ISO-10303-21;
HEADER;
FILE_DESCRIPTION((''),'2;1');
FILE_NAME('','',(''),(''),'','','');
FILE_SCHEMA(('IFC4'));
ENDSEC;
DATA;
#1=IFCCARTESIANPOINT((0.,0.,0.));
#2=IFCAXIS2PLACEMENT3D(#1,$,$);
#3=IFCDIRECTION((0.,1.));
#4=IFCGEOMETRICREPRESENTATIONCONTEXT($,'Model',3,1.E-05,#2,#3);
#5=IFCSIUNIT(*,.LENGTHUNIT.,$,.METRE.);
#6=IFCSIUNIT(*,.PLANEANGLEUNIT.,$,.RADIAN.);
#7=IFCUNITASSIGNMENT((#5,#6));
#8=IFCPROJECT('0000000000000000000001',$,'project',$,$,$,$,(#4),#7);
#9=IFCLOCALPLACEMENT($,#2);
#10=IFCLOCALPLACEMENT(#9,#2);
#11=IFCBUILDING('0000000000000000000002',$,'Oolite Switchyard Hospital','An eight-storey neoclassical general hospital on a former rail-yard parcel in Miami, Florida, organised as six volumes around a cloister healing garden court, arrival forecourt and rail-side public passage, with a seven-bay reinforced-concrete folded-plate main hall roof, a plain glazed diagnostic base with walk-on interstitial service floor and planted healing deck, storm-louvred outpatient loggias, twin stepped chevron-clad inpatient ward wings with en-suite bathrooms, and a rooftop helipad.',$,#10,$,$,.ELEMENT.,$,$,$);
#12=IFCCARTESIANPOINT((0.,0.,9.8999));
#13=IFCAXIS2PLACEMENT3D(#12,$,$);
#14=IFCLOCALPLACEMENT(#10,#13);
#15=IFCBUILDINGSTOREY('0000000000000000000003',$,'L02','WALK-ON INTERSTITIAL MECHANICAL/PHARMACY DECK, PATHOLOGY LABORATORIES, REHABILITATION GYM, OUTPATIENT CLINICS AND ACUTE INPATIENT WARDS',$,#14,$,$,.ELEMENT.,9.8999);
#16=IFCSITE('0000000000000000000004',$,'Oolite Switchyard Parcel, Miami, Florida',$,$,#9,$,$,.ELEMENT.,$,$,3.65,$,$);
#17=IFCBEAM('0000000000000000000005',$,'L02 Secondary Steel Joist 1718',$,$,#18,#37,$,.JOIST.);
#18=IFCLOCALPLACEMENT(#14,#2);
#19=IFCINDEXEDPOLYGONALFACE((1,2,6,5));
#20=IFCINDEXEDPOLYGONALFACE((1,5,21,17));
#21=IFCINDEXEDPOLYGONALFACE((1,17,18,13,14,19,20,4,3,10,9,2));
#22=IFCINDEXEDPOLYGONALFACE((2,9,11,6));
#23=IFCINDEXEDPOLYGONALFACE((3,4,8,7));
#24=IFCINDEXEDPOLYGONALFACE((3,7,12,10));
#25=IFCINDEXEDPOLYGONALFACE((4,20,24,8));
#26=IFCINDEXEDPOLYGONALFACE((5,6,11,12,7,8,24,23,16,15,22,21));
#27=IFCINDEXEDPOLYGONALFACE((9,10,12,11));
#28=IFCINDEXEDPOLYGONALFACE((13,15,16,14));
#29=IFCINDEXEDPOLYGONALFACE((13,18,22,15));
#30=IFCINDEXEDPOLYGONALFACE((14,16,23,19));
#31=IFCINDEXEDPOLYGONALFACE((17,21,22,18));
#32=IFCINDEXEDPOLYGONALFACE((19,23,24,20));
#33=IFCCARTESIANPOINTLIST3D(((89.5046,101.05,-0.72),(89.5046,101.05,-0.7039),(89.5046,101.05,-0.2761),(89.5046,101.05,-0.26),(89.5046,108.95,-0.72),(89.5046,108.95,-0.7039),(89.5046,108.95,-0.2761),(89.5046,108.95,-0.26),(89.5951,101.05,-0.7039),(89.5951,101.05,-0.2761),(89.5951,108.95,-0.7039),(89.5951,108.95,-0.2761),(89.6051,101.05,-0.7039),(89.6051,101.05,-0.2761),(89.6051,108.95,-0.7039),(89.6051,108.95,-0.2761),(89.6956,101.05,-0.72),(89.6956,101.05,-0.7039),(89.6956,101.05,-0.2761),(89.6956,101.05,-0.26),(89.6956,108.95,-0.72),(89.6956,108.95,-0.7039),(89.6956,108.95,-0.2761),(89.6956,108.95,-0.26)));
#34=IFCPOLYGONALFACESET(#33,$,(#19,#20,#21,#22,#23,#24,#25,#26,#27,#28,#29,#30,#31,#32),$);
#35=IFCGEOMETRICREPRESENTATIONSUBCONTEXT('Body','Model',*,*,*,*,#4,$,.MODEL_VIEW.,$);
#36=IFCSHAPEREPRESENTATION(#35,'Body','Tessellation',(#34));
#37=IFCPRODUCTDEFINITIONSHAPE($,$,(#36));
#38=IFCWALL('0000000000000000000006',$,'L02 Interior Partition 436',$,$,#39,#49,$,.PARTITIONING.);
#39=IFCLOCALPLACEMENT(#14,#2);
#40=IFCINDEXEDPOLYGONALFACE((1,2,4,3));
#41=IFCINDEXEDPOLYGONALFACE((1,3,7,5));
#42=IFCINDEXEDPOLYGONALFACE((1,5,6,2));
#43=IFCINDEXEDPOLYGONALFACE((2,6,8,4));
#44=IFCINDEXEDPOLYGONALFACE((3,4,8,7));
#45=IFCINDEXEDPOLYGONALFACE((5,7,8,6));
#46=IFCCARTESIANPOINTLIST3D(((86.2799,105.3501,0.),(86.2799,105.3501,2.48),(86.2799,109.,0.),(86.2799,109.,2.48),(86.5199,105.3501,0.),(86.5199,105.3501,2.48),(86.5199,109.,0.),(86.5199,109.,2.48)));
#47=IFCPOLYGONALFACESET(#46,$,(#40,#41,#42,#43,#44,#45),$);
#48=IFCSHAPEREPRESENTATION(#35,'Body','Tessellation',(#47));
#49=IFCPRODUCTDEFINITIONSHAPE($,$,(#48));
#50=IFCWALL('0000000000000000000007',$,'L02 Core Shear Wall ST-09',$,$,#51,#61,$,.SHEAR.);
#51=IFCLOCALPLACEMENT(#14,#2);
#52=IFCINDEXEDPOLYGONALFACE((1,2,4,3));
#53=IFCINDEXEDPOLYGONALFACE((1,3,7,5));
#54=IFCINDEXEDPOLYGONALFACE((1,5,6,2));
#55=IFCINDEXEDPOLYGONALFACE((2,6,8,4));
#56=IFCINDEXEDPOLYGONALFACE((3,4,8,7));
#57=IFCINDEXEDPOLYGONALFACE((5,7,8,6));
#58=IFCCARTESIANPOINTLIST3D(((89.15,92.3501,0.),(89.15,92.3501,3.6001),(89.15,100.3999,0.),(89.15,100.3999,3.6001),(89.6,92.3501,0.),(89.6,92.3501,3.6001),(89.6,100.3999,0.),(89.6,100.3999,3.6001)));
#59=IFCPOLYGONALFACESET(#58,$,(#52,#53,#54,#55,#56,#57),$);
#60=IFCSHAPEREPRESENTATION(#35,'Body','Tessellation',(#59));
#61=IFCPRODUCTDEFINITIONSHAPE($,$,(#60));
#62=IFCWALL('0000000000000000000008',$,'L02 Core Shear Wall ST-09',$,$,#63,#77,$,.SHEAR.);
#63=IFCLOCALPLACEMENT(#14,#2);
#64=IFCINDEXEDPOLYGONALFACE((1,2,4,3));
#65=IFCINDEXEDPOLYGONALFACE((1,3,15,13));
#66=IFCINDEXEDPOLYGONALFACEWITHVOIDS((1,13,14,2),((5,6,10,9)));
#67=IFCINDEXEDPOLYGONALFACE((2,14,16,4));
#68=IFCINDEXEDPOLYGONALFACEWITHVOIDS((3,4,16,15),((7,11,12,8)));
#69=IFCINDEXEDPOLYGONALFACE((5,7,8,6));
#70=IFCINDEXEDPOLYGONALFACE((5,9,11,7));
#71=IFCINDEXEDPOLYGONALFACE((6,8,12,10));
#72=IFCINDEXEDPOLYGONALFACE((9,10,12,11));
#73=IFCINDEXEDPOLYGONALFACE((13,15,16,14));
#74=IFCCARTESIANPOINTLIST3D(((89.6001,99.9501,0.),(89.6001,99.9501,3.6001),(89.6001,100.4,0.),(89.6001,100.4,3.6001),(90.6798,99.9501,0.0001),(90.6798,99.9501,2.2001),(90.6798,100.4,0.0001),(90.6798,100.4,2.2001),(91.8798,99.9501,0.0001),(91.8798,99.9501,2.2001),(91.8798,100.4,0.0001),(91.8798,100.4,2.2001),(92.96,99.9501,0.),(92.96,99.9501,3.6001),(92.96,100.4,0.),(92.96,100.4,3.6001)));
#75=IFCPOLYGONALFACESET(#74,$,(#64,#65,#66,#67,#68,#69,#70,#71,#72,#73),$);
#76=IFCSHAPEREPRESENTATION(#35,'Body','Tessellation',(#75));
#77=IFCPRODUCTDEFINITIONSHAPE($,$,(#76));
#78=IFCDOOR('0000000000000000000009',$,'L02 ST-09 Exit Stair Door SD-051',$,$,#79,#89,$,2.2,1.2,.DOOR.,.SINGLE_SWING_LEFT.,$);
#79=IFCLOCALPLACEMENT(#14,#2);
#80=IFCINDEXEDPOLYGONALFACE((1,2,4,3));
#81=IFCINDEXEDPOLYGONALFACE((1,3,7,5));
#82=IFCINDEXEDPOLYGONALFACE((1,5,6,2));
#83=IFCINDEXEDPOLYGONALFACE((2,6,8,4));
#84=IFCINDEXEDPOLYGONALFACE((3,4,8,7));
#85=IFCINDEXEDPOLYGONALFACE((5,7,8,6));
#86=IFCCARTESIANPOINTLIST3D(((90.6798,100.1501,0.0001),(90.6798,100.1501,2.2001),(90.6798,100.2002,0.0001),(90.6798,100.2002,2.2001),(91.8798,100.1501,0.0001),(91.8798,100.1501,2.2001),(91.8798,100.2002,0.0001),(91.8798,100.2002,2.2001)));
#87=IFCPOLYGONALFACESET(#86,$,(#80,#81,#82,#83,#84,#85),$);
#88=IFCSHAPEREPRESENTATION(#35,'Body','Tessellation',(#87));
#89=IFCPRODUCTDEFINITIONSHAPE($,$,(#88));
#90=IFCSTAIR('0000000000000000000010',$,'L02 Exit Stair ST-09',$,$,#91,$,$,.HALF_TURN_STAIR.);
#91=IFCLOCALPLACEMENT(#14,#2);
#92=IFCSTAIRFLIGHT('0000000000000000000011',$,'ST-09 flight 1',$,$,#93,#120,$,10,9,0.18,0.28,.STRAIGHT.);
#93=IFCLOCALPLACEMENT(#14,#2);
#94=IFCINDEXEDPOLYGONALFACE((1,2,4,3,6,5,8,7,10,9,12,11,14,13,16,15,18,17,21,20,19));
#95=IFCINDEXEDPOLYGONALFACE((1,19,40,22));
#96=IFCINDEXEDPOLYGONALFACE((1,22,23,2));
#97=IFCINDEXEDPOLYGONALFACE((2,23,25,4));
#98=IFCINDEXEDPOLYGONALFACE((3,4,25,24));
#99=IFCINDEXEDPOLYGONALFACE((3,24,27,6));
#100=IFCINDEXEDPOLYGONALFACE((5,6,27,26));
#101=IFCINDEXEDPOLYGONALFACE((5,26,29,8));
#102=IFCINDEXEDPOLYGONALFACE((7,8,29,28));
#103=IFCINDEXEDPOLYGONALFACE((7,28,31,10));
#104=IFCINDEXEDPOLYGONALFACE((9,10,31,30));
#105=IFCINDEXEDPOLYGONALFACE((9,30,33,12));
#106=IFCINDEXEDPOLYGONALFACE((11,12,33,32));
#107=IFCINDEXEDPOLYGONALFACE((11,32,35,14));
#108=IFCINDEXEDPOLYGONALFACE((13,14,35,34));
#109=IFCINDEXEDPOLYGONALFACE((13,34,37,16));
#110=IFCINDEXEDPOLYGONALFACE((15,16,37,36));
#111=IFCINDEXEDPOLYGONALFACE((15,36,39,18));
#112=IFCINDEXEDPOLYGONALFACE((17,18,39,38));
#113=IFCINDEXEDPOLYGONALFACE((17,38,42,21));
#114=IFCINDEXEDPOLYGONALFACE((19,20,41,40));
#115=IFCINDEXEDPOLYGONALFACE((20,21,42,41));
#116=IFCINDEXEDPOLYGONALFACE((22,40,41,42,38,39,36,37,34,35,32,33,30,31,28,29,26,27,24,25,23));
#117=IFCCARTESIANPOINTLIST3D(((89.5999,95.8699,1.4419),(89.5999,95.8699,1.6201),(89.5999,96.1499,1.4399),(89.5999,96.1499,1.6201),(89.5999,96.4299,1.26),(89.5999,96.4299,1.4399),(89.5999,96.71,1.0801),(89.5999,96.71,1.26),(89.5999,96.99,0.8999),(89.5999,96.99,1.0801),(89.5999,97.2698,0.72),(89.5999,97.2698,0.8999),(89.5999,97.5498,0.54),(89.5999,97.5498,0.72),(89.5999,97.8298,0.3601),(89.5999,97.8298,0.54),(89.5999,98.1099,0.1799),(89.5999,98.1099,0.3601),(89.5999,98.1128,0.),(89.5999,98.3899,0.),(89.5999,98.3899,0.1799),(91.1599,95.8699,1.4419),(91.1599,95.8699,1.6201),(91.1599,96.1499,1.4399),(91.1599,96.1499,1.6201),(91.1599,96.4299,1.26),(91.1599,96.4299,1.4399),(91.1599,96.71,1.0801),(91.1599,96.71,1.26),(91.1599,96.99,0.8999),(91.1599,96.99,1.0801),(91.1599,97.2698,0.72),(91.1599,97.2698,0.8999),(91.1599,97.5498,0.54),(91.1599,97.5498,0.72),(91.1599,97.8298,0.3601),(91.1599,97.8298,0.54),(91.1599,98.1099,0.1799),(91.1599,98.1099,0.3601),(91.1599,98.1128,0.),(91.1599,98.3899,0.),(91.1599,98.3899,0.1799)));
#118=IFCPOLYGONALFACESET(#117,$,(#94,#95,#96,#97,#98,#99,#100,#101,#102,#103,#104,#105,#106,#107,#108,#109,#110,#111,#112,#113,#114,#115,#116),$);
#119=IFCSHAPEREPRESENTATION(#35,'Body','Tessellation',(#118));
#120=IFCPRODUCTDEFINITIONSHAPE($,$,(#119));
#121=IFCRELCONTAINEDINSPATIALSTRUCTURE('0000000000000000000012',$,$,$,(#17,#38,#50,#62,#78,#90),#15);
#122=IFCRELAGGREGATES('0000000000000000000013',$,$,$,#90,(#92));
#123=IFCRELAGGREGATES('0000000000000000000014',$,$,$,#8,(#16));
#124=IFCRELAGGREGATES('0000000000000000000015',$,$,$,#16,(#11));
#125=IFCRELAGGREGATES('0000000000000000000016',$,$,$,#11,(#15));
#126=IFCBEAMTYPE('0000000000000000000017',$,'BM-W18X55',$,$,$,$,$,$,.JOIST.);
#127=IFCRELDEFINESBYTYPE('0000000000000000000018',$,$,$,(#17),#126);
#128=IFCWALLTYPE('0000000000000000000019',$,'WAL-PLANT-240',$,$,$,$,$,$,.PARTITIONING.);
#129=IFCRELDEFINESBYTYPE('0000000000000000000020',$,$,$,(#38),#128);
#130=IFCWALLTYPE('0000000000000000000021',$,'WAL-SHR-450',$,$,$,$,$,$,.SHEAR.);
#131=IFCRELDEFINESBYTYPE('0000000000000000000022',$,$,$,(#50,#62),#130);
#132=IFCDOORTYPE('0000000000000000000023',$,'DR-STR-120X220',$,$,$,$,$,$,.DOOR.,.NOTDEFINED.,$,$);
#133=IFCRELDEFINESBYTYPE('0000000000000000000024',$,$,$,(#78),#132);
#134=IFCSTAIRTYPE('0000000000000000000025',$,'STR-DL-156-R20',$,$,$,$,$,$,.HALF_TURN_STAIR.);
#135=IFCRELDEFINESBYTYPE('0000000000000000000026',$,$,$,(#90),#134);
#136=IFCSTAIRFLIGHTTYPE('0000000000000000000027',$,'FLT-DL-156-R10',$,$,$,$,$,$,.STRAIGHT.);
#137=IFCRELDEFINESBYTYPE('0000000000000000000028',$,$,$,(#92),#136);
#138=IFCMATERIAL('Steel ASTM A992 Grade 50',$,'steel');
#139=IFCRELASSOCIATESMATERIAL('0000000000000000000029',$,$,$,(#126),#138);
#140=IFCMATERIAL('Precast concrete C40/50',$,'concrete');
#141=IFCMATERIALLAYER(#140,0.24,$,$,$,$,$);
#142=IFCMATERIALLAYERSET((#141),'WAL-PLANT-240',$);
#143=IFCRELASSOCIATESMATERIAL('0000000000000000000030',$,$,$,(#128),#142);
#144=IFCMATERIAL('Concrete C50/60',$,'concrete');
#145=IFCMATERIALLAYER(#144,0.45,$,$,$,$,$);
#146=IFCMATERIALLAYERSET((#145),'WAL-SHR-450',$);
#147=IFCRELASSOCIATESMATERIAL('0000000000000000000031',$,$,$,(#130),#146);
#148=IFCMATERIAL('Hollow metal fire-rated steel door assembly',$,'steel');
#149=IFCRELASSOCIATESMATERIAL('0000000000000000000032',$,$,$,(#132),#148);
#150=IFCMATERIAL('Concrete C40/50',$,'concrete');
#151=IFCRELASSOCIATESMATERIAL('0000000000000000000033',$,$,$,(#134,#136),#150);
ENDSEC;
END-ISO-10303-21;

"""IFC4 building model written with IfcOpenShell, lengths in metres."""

from ifc_helpers import new_model, si_unit, direction, frame, frame_2d, origin, origin_2d, place, context, subcontext, project, spatial, polyline, rectangle, i_section, outline, extrude, material, layer, layer_set, material_profile, profile_set, type_object, element, fill, aggregate, save


model = new_model("IFC4")

# Units and contexts
model_context = context("Model", 3, precision=1e-05, world=origin(), true_north=direction((0.0, 1.0)))
body_context = subcontext(model_context, "Body", "Model", "MODEL_VIEW")
ifc_project = project(units=[si_unit("LENGTHUNIT", "METRE"), si_unit("PLANEANGLEUNIT", "RADIAN")], contexts=[model_context])

# Site, building, storey
site_placement = place(None, origin())
site = spatial("IfcSite", under=ifc_project, at=site_placement, Name="Oolite Switchyard Parcel, Miami, Florida", CompositionType="ELEMENT", RefElevation=3.65)
building_placement = place(site_placement, origin())
building = spatial("IfcBuilding", under=site, at=building_placement, Name="Oolite Switchyard Hospital", Description="An eight-storey neoclassical general hospital on a former rail-yard parcel in Miami, Florida, organised as six volumes around a cloister healing garden court, arrival forecourt and rail-side public passage, with a seven-bay reinforced-concrete folded-plate main hall roof, a plain glazed diagnostic base with walk-on interstitial service floor and planted healing deck, storm-louvred outpatient loggias, twin stepped chevron-clad inpatient ward wings with en-suite bathrooms, and a rooftop helipad.", CompositionType="ELEMENT")
storey_placement = place(building_placement, frame((0.0, 0.0, 9.8999)))
storey = spatial("IfcBuildingStorey", under=building, at=storey_placement, Name="L02", Description="WALK-ON INTERSTITIAL MECHANICAL/PHARMACY DECK, PATHOLOGY LABORATORIES, REHABILITATION GYM, OUTPATIENT CLINICS AND ACUTE INPATIENT WARDS", CompositionType="ELEMENT", Elevation=9.8999)

# Shared definitions
ifc_material_1 = material(Name="Steel ASTM A992 Grade 50", Category="steel")

# Beam
ifc_material_2 = material(Name="Concrete C40/50", Category="concrete")
ifc_material_profile_1 = material_profile(ifc_material_1, i_section(OverallWidth=0.1909, OverallDepth=0.46, WebThickness=0.01, FlangeThickness=0.0161, at=origin_2d()), Name="W18X55")
ifc_profile_set_1 = profile_set([ifc_material_profile_1], Name="Steel ASTM A992 Grade 50")
beam_type_1 = type_object("IfcBeamType", Name="BM-W18X55", PredefinedType="JOIST", material=ifc_profile_set_1)
beam_1_placement = place(storey_placement, frame((89.6001, 101.05, -0.49), z_axis=(0.0, 1.0, 0.0), x_axis=(-1.0, 0.0, 0.0)))
element("IfcBeam", 1, at=beam_1_placement, inside=storey, type_object=beam_type_1, Name="L02 Secondary Steel Joist 1718", PredefinedType="JOIST", context=body_context, shape_type="SweptSolid", body=[
    extrude(i_section(OverallWidth=0.1909, OverallDepth=0.46, WebThickness=0.01, FlangeThickness=0.0161, at=origin_2d()), origin(), (0.0, 0.0, 1.0), 7.8999),
])

# Shared definitions
ifc_material_3 = material(Name="Precast concrete C40/50", Category="concrete")
ifc_layer_1 = layer(ifc_material_3, 0.24)
ifc_layer_set_1 = layer_set([ifc_layer_1], Name="WAL-PLANT-240")
wall_type_1 = type_object("IfcWallType", Name="WAL-PLANT-240", PredefinedType="PARTITIONING", material=ifc_layer_set_1)
ifc_material_4 = material(Name="Hollow metal fire-rated steel door assembly", Category="steel")

# Wall
wall_1_placement = place(storey_placement, frame((86.3999, 105.3501, 0.0), z_axis=(0.0, 0.0, 1.0), x_axis=(0.0, 1.0, 0.0)))
element("IfcWall", 2, at=wall_1_placement, inside=storey, type_object=wall_type_1, Name="L02 Interior Partition 436", PredefinedType="PARTITIONING", context=body_context, shape_type="SweptSolid", body=[
    extrude(rectangle(XDim=3.6499, YDim=0.24, at=frame_2d((1.825, 0.0))), origin(), (0.0, 0.0, 1.0), 2.48),
])

# Wall
ifc_material_5 = material(Name="Concrete C50/60", Category="concrete")
ifc_layer_2 = layer(ifc_material_5, 0.45)
ifc_layer_set_2 = layer_set([ifc_layer_2], Name="WAL-SHR-450")
wall_type_2 = type_object("IfcWallType", Name="WAL-SHR-450", PredefinedType="SHEAR", material=ifc_layer_set_2)
wall_2_placement = place(storey_placement, frame((89.375, 100.3999, 0.0), z_axis=(0.0, 0.0, 1.0), x_axis=(0.0, -1.0, 0.0)))
element("IfcWall", 3, at=wall_2_placement, inside=storey, type_object=wall_type_2, Name="L02 Core Shear Wall ST-09", PredefinedType="SHEAR", context=body_context, shape_type="SweptSolid", body=[
    extrude(rectangle(XDim=8.0498, YDim=0.45, at=frame_2d((4.0249, 0.0))), origin(), (0.0, 0.0, 1.0), 3.6001),
])

# Wall, opening, door
wall_3_placement = place(storey_placement, frame((92.96, 100.175, 0.0), z_axis=(0.0, 0.0, 1.0), x_axis=(-1.0, 0.0, 0.0)))
wall_3 = element("IfcWall", 4, at=wall_3_placement, inside=storey, type_object=wall_type_2, Name="L02 Core Shear Wall ST-09", PredefinedType="SHEAR", context=body_context, shape_type="SweptSolid", body=[
    extrude(rectangle(XDim=3.3599, YDim=0.45, at=frame_2d((1.6799, 0.0))), origin(), (0.0, 0.0, 1.0), 3.6001),
])
opening_1_placement = place(wall_3_placement, frame((1.0801, 0.0, 0.0)))
opening_1 = element("IfcOpeningElement", 5, at=opening_1_placement, cuts=wall_3, PredefinedType="OPENING", context=body_context, shape_type="SweptSolid", body=[
    extrude(rectangle(XDim=1.2, YDim=2.2, at=frame_2d((0.6001, 1.1001))), frame((0.0, 0.2349, 0.0), z_axis=(0.0, -1.0, 0.0), x_axis=(1.0, 0.0, 0.0)), (0.0, 0.0, 1.0), 0.47),
])
door_type_1 = type_object("IfcDoorType", Name="DR-STR-120X220", OperationType="NOTDEFINED", PredefinedType="DOOR", material=ifc_material_4)
door_1_placement = place(opening_1_placement, origin())
door_1 = element("IfcDoor", 6, at=door_1_placement, inside=storey, type_object=door_type_1, Name="L02 ST-09 Exit Stair Door SD-051", OperationType="SINGLE_SWING_LEFT", OverallHeight=2.2, OverallWidth=1.2, PredefinedType="DOOR", context=body_context, shape_type="SweptSolid", body=[
    extrude(rectangle(XDim=1.2, YDim=2.2, at=frame_2d((0.6001, 1.1001))), frame((0.0, 0.0249, 0.0), z_axis=(0.0, -1.0, 0.0), x_axis=(1.0, 0.0, 0.0)), (0.0, 0.0, 1.0), 0.05),
])
fill(opening_1, door_1)

# Stair, stair flight
stair_type = type_object("IfcStairType", Name="STR-DL-156-R20", PredefinedType="HALF_TURN_STAIR", material=ifc_material_2)
stair_placement = place(storey_placement, origin())
stair = element("IfcStair", 7, at=stair_placement, inside=storey, type_object=stair_type, Name="L02 Exit Stair ST-09", PredefinedType="HALF_TURN_STAIR")
stair_flight_type = type_object("IfcStairFlightType", Name="FLT-DL-156-R10", PredefinedType="STRAIGHT", material=ifc_material_2)
stair_flight_placement = place(storey_placement, frame((90.3799, 98.3899, 0.0), z_axis=(0.0, 0.0, 1.0), x_axis=(0.0, -1.0, 0.0)))
stair_flight = element("IfcStairFlight", 8, at=stair_flight_placement, type_object=stair_flight_type, Name="ST-09 flight 1", NumberOfRisers=10, NumberOfTreads=9, PredefinedType="STRAIGHT", RiserHeight=0.18, TreadLength=0.28, context=body_context, shape_type="SweptSolid", body=[
    extrude(outline(polyline([(0.0, 0.0), (0.0, 0.1799), (0.28, 0.1799), (0.28, 0.3601), (0.5601, 0.3601), (0.5601, 0.54), (0.8401, 0.54), (0.8401, 0.72), (1.1201, 0.72), (1.1201, 0.8999), (1.3999, 0.8999), (1.3999, 1.0801), (1.6799, 1.0801), (1.6799, 1.26), (1.96, 1.26), (1.96, 1.4399), (2.24, 1.4399), (2.24, 1.6201), (2.52, 1.6201), (2.52, 1.8), (2.52, 1.4419), (0.2771, 0.0), (0.0, 0.0)])), frame((0.0, 0.78, 0.0), z_axis=(0.0, -1.0, 0.0), x_axis=(1.0, 0.0, 0.0)), (0.0, 0.0, 1.0), 1.5601),
])
aggregate(stair, [stair_flight])

save(model, "model.ifc")
